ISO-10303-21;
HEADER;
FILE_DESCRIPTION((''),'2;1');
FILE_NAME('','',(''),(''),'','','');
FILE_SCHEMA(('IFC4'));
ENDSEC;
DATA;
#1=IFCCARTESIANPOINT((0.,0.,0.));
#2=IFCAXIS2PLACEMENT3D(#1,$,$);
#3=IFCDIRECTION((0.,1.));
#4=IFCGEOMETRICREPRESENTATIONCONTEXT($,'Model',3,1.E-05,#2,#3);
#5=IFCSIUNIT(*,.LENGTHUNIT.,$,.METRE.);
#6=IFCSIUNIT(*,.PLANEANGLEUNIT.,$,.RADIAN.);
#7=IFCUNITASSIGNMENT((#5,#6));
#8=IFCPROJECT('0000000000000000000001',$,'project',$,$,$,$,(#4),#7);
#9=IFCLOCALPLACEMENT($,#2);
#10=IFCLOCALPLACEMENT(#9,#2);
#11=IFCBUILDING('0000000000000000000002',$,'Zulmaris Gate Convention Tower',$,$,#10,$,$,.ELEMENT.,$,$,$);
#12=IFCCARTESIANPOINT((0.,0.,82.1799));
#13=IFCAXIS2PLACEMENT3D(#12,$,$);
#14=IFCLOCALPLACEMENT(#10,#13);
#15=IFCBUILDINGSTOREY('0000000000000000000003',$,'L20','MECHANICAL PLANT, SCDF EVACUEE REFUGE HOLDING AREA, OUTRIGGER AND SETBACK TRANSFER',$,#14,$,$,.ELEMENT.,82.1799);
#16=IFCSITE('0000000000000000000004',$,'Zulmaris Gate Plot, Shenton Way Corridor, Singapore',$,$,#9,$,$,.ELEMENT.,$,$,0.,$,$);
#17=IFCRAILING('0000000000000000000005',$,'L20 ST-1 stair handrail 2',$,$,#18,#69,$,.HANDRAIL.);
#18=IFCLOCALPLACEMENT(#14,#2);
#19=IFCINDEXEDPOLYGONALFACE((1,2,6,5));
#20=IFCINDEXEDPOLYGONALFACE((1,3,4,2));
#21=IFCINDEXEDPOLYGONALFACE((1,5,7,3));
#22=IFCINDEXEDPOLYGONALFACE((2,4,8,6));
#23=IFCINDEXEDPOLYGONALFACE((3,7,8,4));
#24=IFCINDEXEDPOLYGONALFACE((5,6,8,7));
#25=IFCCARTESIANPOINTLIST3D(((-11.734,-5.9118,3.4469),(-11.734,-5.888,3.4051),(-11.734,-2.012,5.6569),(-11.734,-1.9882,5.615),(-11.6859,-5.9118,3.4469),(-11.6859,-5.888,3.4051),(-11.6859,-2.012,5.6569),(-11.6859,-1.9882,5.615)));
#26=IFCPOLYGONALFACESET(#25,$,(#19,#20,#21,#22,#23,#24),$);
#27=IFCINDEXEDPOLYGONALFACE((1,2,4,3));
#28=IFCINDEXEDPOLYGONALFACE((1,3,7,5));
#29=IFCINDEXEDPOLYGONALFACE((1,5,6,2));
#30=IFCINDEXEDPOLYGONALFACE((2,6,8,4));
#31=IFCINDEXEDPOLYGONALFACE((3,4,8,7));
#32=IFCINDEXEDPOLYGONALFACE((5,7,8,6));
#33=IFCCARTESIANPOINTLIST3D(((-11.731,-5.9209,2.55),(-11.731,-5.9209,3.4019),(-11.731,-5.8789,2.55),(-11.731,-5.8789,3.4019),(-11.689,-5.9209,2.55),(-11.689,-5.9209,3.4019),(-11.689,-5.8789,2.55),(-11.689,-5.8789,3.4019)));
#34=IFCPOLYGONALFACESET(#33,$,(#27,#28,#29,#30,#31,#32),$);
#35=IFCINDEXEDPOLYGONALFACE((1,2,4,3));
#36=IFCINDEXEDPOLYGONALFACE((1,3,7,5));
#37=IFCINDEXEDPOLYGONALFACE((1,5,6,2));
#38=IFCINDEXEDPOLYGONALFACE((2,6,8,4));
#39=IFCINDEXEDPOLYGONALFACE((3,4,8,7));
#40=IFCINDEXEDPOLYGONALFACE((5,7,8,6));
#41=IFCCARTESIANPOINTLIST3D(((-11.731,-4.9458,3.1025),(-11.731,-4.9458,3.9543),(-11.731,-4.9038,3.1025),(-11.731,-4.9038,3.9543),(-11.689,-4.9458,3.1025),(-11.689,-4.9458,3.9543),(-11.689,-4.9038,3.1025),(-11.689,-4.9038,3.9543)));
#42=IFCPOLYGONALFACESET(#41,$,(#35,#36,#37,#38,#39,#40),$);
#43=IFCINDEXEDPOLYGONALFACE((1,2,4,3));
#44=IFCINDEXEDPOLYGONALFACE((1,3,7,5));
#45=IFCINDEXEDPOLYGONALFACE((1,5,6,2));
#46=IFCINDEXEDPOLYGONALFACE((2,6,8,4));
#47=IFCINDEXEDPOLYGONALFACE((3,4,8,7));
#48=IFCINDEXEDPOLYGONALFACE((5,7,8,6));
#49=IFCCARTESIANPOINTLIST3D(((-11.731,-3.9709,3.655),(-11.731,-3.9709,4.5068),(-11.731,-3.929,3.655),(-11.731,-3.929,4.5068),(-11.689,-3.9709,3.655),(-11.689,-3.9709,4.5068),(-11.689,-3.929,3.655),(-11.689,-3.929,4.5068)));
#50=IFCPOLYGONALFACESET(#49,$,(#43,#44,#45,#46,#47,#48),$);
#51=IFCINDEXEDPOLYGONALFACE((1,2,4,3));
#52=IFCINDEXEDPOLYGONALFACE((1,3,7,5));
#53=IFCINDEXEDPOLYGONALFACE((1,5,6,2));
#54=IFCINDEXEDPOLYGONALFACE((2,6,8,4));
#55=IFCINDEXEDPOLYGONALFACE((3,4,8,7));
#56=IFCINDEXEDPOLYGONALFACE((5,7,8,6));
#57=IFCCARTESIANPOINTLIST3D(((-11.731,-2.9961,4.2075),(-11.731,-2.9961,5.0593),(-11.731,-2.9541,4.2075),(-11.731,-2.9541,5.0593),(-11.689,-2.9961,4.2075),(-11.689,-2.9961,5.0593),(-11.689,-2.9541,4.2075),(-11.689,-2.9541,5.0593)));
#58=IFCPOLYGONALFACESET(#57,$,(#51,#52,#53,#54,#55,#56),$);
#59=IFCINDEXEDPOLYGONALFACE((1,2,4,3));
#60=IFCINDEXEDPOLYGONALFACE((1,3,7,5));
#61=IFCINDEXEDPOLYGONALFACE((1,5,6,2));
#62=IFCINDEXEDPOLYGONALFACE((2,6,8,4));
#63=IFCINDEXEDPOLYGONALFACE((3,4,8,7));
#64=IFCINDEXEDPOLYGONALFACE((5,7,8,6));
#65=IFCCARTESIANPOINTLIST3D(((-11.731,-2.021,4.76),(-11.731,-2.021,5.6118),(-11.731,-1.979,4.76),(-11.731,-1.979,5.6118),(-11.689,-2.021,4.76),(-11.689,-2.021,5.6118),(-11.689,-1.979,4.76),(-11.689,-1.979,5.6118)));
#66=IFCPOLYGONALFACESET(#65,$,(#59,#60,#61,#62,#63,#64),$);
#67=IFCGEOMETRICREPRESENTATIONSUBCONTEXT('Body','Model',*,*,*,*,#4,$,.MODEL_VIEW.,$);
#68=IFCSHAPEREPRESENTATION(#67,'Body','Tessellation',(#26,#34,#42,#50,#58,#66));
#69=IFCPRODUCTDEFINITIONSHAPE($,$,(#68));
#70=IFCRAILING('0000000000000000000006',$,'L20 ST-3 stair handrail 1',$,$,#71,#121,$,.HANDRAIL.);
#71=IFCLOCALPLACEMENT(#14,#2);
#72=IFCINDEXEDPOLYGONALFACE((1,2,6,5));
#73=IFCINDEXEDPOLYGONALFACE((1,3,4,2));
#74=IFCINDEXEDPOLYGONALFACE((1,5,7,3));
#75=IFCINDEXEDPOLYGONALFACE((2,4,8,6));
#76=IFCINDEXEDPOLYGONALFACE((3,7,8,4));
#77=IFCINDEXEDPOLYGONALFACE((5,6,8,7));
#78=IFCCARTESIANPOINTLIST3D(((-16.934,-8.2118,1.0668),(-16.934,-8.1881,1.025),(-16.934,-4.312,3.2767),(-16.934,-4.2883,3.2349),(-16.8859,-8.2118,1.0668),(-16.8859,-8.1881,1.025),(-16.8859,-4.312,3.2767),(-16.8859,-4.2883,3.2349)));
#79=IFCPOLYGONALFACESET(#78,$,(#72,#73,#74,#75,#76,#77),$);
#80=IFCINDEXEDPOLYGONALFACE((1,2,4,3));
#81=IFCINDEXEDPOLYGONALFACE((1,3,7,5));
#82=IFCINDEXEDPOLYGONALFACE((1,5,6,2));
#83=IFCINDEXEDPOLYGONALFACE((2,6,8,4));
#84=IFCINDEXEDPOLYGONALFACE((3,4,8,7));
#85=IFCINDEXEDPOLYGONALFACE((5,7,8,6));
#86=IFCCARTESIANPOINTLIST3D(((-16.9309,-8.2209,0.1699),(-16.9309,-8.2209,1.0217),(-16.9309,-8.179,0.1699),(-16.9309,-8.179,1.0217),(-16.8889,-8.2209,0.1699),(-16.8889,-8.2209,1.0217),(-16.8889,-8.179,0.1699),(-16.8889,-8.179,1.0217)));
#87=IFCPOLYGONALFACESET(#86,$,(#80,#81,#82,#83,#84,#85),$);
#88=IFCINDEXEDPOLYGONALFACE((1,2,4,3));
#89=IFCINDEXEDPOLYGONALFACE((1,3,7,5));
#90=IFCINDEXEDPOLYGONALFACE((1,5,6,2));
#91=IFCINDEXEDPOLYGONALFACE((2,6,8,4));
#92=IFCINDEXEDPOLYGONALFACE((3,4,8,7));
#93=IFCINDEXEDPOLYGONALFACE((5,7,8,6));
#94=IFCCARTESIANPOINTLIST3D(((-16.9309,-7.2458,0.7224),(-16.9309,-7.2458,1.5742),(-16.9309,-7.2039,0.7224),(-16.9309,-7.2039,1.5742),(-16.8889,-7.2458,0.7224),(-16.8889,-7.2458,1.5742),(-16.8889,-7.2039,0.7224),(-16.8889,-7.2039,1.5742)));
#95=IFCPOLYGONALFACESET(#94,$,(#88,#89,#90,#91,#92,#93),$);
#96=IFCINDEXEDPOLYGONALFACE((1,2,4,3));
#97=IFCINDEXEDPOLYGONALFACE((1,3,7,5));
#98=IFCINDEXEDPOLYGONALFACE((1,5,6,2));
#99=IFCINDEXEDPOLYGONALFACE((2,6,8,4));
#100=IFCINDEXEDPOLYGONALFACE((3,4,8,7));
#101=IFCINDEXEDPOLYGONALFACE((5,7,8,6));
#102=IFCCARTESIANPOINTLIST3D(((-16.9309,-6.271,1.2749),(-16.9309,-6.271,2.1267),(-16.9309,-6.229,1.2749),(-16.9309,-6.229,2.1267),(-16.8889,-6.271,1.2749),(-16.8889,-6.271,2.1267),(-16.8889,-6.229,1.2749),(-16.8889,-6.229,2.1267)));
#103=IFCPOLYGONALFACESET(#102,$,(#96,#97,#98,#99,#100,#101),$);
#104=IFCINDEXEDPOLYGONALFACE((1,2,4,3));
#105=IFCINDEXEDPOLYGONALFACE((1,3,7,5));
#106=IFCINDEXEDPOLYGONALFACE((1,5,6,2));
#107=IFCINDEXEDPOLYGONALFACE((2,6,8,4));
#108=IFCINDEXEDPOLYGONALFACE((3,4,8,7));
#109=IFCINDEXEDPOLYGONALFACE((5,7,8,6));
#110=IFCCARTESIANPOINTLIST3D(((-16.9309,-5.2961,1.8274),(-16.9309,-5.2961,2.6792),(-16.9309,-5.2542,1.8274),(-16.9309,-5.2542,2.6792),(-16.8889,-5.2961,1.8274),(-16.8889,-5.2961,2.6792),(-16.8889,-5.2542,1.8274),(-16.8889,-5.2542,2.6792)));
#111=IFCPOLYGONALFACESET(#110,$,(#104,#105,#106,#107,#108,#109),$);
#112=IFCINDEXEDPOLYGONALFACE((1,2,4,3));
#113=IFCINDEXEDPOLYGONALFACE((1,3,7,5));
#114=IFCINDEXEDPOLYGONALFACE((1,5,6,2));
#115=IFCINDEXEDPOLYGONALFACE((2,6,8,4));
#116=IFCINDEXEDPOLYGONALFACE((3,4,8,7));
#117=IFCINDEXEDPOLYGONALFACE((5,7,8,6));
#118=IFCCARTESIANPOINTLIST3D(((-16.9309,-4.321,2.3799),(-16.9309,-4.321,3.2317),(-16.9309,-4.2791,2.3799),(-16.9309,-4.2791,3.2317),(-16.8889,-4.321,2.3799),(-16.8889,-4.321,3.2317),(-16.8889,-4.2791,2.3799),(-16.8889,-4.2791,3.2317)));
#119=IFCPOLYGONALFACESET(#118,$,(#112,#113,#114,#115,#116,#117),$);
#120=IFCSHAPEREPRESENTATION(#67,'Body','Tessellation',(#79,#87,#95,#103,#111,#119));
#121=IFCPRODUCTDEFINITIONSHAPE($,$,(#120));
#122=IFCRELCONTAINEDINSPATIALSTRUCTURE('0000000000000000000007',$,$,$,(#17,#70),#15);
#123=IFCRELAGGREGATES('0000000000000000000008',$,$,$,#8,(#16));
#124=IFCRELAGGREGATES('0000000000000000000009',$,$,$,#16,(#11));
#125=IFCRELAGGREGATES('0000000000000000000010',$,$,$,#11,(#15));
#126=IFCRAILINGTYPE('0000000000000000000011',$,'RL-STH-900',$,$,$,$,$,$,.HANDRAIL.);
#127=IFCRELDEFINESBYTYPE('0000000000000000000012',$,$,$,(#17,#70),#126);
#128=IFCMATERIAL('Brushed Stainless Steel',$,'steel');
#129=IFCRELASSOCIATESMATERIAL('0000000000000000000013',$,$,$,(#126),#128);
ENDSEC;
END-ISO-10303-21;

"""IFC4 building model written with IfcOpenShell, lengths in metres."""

from ifc_helpers import new_model, si_unit, direction, frame, origin, origin_2d, place, context, subcontext, project, spatial, rectangle, extrude, material, type_object, element, save


model = new_model("IFC4")

# Units and contexts
model_context = context("Model", 3, precision=1e-05, world=origin(), true_north=direction((0.0, 1.0)))
body_context = subcontext(model_context, "Body", "Model", "MODEL_VIEW")
ifc_project = project(units=[si_unit("LENGTHUNIT", "METRE"), si_unit("PLANEANGLEUNIT", "RADIAN")], contexts=[model_context])

# Site, building, storey
site_placement = place(None, origin())
site = spatial("IfcSite", under=ifc_project, at=site_placement, Name="Zulmaris Gate Plot, Shenton Way Corridor, Singapore", CompositionType="ELEMENT", RefElevation=0.0)
building_placement = place(site_placement, origin())
building = spatial("IfcBuilding", under=site, at=building_placement, Name="Zulmaris Gate Convention Tower", CompositionType="ELEMENT")
storey_placement = place(building_placement, frame((0.0, 0.0, 82.1799)))
storey = spatial("IfcBuildingStorey", under=building, at=storey_placement, Name="L20", Description="MECHANICAL PLANT, SCDF EVACUEE REFUGE HOLDING AREA, OUTRIGGER AND SETBACK TRANSFER", CompositionType="ELEMENT", Elevation=82.1799)

# Railings
ifc_material_1 = material(Name="Brushed Stainless Steel", Category="steel")
railing_type_1 = type_object("IfcRailingType", Name="RL-STH-900", PredefinedType="HANDRAIL", material=ifc_material_1)
for number, where, name in (
    (1, (-11.71, -5.8999, 2.55), "L20 ST-1 stair handrail 2"),
    (2, (-16.9099, -8.2, 0.1699), "L20 ST-3 stair handrail 1"),
):
    element("IfcRailing", number, at=place(storey_placement, frame(where)), inside=storey, type_object=railing_type_1, Name=name, PredefinedType="HANDRAIL", context=body_context, shape_type="SweptSolid", body=[
        extrude(rectangle(XDim=0.0481, YDim=0.0481, at=origin_2d()), frame((0.0, 0.0, 0.876), z_axis=(0.0, 0.870021, 0.493015), x_axis=(-1.0, 0.0, 0.0)), (0.0, 0.0, 1.0), 4.4824),
        extrude(rectangle(XDim=0.042, YDim=0.042, at=origin_2d()), origin(), (0.0, 0.0, 1.0), 0.8518),
        extrude(rectangle(XDim=0.042, YDim=0.042, at=origin_2d()), frame((0.0, 0.9751, 0.5525)), (0.0, 0.0, 1.0), 0.8518),
        extrude(rectangle(XDim=0.042, YDim=0.042, at=origin_2d()), frame((0.0, 1.95, 1.105)), (0.0, 0.0, 1.0), 0.8518),
        extrude(rectangle(XDim=0.042, YDim=0.042, at=origin_2d()), frame((0.0, 2.9248, 1.6575)), (0.0, 0.0, 1.0), 0.8518),
        extrude(rectangle(XDim=0.042, YDim=0.042, at=origin_2d()), frame((0.0, 3.8999, 2.21)), (0.0, 0.0, 1.0), 0.8518),
    ])

save(model, "model.ifc")
